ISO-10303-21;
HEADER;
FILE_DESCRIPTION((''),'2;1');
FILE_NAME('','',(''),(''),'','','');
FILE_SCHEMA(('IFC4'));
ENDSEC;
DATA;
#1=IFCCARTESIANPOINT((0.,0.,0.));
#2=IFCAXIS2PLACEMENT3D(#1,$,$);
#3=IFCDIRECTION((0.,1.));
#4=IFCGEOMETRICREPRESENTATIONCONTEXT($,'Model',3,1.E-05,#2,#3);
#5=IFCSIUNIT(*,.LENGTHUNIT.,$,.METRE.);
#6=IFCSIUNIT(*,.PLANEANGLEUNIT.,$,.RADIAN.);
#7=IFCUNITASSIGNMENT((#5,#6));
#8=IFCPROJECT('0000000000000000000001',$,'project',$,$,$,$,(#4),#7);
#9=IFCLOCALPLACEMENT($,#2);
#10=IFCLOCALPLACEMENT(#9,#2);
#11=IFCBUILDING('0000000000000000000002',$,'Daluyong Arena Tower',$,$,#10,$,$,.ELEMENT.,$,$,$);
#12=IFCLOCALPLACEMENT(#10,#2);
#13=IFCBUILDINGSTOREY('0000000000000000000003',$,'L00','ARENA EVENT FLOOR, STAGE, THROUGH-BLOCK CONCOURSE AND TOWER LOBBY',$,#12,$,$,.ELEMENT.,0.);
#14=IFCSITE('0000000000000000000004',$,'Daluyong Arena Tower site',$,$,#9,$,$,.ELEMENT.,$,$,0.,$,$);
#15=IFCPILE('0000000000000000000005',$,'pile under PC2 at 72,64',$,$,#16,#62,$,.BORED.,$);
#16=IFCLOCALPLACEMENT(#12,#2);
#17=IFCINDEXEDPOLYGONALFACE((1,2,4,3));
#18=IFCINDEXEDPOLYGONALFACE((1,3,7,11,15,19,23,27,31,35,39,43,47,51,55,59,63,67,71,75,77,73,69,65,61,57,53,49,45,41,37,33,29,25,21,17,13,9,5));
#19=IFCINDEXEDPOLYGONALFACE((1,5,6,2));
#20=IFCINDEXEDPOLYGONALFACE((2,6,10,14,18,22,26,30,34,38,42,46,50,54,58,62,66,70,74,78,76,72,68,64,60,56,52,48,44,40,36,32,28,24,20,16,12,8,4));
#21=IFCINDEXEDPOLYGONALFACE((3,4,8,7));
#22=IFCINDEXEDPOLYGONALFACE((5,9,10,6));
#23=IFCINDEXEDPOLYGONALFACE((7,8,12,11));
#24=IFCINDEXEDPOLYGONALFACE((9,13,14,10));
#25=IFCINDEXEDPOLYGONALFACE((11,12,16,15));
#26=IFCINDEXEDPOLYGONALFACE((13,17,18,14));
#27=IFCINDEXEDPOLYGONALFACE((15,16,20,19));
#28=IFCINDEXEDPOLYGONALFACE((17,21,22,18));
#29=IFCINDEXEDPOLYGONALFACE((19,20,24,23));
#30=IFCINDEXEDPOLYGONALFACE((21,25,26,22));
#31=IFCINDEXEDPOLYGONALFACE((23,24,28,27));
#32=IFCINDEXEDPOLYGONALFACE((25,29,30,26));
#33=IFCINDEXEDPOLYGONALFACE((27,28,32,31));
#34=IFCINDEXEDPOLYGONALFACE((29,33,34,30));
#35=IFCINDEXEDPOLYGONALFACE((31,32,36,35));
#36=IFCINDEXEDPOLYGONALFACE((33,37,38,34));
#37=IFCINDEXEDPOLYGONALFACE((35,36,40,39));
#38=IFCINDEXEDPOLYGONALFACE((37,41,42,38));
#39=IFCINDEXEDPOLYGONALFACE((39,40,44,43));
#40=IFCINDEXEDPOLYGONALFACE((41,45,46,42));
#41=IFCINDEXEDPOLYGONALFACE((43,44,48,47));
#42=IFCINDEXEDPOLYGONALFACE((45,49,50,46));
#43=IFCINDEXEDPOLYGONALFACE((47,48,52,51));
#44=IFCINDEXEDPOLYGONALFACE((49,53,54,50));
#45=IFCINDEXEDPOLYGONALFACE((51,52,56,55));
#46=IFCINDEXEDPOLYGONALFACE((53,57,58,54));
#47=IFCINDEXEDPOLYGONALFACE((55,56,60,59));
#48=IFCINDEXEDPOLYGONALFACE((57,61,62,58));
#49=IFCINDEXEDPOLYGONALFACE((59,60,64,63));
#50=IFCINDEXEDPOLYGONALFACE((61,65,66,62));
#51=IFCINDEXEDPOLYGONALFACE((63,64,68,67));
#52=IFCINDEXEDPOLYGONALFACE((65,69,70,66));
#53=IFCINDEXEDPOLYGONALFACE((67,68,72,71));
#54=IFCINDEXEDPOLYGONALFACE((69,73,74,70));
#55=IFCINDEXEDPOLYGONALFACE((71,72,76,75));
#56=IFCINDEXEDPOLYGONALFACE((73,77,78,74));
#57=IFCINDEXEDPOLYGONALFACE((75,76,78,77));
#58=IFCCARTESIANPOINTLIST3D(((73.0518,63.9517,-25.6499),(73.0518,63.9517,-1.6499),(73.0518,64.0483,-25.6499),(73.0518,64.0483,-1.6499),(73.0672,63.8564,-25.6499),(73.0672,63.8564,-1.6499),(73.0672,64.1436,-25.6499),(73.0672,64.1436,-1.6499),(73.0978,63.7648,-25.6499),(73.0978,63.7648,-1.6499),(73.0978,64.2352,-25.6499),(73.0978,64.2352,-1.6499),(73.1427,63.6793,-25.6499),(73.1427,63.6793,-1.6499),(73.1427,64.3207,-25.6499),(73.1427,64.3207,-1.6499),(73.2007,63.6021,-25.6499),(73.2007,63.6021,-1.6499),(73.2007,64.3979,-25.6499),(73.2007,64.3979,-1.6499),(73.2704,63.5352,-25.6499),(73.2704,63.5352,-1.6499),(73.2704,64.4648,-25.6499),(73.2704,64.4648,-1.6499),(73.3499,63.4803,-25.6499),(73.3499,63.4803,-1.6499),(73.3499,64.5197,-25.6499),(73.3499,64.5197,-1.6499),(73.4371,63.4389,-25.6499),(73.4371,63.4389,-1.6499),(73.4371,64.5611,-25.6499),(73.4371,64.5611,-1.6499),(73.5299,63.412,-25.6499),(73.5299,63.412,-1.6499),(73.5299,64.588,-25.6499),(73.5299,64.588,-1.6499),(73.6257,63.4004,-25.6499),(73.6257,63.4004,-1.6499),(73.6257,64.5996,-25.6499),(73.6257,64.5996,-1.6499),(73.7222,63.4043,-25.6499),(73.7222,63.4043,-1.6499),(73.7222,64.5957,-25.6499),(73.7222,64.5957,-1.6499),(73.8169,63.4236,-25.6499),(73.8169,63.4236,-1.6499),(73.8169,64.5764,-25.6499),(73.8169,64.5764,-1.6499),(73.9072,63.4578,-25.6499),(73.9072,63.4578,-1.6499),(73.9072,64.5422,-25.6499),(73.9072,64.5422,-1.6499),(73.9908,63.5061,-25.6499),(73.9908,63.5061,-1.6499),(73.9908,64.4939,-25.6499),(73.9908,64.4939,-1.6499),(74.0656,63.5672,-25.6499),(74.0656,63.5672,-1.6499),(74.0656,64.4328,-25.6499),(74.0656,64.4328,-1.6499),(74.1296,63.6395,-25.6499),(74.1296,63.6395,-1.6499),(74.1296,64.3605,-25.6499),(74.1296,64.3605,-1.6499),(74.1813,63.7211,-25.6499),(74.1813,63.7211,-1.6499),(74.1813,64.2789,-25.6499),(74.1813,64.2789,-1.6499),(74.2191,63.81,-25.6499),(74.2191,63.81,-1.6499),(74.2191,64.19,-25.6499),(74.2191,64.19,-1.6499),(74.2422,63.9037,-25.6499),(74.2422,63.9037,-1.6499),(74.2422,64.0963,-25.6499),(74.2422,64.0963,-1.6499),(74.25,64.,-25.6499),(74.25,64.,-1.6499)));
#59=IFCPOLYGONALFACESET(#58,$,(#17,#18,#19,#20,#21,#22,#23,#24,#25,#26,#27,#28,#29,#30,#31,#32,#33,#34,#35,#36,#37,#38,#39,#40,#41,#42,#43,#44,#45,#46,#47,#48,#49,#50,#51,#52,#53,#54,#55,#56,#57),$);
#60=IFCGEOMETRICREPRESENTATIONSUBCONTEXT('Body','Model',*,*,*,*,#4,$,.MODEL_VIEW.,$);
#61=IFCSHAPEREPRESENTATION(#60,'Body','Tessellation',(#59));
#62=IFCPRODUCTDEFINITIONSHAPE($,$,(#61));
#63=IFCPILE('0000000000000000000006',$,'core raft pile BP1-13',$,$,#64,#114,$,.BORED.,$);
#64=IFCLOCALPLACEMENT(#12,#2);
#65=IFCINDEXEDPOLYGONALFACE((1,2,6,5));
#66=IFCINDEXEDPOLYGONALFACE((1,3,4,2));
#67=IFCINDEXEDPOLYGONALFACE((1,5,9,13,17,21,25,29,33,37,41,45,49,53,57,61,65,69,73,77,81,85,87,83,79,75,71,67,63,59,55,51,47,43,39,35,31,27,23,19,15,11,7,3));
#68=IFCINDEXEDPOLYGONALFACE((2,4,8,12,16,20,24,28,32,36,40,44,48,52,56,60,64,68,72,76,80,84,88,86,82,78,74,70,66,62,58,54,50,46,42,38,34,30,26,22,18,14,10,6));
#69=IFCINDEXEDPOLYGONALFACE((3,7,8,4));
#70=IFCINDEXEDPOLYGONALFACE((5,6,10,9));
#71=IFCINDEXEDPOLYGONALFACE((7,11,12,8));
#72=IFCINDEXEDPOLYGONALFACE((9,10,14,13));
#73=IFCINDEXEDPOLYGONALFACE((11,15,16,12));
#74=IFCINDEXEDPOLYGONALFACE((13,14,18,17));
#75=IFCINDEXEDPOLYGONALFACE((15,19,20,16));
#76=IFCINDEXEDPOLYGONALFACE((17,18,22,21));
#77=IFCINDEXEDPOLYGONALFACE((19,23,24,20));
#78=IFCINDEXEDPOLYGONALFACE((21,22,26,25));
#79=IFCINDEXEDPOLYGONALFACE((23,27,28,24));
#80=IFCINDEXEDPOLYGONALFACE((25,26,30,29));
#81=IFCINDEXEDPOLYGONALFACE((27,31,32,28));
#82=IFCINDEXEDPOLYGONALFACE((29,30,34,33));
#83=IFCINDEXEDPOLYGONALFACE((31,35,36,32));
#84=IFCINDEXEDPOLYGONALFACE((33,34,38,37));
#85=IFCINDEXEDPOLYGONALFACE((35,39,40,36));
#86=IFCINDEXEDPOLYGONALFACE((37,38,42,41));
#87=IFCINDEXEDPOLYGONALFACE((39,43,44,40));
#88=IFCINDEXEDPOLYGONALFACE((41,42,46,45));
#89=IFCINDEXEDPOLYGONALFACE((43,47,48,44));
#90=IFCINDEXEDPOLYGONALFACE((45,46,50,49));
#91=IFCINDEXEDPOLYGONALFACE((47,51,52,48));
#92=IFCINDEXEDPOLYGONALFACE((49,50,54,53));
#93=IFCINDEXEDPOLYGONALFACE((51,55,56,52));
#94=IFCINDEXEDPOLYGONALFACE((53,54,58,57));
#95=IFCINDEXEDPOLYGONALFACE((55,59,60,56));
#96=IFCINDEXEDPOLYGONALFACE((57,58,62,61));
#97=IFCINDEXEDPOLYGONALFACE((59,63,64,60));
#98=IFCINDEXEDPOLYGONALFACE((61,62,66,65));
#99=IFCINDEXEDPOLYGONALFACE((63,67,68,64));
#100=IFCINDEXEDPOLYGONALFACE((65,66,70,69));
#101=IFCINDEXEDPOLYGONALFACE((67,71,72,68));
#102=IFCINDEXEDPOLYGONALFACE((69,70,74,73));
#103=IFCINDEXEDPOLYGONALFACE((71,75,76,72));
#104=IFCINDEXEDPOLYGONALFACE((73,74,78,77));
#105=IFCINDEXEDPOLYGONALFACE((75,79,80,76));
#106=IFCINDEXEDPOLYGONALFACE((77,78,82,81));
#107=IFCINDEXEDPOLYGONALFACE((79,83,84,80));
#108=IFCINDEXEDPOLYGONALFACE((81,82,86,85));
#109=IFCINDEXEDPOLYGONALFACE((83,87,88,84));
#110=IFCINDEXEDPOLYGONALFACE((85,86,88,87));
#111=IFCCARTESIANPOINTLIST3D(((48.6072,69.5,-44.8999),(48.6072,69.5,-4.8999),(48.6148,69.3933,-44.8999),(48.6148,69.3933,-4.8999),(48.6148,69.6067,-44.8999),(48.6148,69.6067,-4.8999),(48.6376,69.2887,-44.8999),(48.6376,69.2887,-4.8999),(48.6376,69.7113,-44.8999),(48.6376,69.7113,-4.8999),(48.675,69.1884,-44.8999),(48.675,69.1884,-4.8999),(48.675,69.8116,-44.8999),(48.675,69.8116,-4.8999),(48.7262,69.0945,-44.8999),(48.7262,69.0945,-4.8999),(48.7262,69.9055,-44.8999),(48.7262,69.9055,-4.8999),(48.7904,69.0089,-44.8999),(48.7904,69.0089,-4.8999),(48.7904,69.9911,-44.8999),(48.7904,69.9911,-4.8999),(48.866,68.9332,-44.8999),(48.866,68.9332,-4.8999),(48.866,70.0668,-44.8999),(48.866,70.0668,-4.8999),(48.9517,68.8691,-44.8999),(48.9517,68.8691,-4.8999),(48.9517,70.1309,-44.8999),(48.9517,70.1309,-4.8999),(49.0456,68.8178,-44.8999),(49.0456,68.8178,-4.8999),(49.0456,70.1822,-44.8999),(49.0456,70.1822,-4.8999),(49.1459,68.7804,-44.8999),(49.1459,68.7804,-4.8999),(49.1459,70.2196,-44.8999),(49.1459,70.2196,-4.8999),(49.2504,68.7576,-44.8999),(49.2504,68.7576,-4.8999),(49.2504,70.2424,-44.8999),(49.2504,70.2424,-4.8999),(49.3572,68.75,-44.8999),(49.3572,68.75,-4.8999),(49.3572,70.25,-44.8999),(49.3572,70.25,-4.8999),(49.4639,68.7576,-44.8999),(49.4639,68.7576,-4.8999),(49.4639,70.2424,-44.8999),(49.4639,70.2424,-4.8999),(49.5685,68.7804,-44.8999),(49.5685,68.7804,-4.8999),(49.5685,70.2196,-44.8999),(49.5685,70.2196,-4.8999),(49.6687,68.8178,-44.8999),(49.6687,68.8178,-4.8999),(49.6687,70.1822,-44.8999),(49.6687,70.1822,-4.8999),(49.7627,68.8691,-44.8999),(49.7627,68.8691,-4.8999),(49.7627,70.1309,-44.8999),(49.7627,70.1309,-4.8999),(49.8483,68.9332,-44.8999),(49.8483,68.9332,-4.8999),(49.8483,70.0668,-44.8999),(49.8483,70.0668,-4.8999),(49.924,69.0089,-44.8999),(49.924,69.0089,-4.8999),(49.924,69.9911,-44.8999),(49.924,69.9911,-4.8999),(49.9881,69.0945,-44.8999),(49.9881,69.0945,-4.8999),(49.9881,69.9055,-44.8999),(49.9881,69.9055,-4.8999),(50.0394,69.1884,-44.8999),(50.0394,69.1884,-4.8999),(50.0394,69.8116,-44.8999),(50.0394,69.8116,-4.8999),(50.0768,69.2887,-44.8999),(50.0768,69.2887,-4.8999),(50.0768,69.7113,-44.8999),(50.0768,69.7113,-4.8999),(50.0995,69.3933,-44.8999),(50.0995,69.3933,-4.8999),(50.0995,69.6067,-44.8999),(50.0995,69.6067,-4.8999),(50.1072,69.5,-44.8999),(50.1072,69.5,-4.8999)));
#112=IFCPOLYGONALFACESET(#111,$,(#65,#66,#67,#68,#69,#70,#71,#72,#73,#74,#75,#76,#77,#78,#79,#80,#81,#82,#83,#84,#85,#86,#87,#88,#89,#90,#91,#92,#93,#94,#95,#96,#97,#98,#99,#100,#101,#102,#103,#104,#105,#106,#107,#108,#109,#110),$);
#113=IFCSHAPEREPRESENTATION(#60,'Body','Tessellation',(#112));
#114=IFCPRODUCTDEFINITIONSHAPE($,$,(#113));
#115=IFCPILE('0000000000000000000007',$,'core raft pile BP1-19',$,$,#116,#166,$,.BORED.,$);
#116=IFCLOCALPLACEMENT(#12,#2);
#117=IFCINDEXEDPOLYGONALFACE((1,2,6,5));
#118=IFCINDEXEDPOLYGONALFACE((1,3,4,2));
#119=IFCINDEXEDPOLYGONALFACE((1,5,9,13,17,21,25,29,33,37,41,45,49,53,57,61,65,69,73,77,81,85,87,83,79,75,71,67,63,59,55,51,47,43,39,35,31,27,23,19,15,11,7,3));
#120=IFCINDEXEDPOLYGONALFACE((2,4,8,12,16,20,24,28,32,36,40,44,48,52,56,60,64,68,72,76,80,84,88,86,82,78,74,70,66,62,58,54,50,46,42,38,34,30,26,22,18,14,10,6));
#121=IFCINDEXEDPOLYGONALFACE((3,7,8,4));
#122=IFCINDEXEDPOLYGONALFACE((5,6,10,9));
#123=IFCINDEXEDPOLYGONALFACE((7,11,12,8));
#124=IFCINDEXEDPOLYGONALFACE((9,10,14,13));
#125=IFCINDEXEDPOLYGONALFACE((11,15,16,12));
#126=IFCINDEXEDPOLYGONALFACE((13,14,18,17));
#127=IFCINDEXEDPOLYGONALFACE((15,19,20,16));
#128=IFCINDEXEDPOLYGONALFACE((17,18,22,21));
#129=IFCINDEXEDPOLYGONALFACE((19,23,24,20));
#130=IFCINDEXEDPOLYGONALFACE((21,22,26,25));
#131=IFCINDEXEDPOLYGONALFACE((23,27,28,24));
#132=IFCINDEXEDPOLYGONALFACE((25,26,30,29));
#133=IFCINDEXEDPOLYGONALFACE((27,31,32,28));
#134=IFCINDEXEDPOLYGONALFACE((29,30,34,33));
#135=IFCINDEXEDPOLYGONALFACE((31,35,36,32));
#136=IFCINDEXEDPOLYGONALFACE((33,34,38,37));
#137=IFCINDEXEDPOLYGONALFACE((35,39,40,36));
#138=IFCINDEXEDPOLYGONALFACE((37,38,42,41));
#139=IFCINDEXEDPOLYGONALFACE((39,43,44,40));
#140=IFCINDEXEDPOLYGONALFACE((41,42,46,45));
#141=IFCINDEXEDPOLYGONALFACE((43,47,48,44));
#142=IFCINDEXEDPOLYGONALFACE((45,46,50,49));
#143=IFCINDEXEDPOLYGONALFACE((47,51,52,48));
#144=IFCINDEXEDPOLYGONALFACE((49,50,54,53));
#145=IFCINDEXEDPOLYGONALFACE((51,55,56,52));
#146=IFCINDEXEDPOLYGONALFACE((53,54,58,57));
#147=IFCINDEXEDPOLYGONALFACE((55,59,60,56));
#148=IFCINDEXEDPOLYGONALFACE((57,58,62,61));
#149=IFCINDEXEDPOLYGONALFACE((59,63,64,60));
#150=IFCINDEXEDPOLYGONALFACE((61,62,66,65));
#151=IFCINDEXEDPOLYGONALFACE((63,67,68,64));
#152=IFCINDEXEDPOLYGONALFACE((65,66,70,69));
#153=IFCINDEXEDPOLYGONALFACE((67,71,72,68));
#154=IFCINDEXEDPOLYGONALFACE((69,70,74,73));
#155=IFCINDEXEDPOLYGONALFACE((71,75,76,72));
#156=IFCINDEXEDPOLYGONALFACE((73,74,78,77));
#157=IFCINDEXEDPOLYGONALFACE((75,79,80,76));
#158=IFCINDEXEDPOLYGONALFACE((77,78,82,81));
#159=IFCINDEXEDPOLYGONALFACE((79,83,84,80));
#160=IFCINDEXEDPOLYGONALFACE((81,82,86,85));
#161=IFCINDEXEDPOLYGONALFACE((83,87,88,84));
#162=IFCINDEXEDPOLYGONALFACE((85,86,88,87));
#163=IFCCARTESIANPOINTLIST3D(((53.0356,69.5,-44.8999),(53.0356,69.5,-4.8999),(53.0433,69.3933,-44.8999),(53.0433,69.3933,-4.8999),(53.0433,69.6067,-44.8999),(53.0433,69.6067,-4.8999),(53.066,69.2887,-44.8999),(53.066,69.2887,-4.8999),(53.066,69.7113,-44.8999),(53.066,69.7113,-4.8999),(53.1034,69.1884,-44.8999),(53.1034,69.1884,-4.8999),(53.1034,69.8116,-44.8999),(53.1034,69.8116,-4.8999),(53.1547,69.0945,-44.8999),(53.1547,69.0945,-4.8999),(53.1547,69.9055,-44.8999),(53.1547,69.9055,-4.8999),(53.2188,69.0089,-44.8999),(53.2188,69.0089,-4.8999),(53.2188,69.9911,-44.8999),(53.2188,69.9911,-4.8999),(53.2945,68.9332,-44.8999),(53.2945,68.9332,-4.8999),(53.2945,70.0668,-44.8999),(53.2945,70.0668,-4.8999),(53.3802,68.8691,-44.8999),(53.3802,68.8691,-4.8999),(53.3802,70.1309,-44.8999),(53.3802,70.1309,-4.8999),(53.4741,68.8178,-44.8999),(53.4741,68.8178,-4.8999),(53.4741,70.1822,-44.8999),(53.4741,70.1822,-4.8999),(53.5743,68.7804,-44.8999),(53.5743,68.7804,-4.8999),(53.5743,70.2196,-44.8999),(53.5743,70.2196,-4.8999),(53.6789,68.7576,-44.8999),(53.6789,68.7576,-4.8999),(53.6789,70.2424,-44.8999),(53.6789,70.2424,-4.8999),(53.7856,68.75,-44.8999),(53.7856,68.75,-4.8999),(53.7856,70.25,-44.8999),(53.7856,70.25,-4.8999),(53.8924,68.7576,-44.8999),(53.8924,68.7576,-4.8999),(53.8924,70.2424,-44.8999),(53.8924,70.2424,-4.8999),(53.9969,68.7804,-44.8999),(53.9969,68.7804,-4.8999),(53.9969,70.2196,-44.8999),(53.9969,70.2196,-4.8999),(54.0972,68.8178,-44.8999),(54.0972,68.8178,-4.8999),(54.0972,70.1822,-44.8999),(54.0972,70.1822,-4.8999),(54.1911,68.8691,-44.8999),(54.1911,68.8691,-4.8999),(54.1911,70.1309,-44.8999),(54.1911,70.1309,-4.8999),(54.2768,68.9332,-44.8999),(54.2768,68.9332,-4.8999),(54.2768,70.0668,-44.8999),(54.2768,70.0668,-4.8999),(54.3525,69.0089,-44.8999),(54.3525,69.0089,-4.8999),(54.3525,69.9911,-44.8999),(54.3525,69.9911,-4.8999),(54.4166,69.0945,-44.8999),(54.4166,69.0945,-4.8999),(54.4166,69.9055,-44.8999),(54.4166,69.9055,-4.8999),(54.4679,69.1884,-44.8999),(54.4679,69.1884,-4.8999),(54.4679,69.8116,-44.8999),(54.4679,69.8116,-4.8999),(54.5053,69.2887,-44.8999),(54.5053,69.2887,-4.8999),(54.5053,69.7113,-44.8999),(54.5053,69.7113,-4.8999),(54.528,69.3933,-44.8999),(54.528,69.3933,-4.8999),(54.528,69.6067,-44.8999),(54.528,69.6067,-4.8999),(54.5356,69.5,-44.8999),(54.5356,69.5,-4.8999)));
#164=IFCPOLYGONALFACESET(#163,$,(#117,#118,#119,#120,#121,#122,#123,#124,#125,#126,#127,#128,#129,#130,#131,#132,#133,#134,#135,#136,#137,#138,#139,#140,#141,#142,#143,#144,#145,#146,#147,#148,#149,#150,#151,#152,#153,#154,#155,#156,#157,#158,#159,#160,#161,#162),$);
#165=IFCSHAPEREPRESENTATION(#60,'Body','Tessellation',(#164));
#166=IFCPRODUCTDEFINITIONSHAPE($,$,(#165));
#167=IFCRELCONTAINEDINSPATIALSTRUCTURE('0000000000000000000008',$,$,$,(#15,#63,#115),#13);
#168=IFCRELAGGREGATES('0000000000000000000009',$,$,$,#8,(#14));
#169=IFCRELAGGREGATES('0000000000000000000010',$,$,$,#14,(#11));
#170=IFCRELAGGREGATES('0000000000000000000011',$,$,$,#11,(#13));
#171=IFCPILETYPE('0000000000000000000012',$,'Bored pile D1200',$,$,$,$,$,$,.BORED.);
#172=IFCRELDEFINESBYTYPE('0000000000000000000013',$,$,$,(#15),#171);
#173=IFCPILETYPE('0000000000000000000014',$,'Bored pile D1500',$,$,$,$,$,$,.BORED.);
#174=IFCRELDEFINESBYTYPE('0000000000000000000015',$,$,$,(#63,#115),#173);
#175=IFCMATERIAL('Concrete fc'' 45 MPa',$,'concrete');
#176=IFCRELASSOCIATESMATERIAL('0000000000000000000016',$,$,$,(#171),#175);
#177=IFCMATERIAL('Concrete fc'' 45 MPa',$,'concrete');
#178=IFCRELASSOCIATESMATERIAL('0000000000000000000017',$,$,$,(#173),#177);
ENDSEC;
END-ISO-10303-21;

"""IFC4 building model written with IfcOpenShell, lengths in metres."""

from ifc_helpers import new_model, si_unit, direction, frame, origin, origin_2d, place, context, subcontext, project, spatial, circle, extrude, material, type_object, element, save


model = new_model("IFC4")

# Units and contexts
model_context = context("Model", 3, precision=1e-05, world=origin(), true_north=direction((0.0, 1.0)))
body_context = subcontext(model_context, "Body", "Model", "MODEL_VIEW")
ifc_project = project(units=[si_unit("LENGTHUNIT", "METRE"), si_unit("PLANEANGLEUNIT", "RADIAN")], contexts=[model_context])

# Site, building, storey
site_placement = place(None, origin())
site = spatial("IfcSite", under=ifc_project, at=site_placement, Name="Daluyong Arena Tower site", CompositionType="ELEMENT", RefElevation=0.0)
building_placement = place(site_placement, origin())
building = spatial("IfcBuilding", under=site, at=building_placement, Name="Daluyong Arena Tower", CompositionType="ELEMENT")
storey_placement = place(building_placement, origin())
storey = spatial("IfcBuildingStorey", under=building, at=storey_placement, Name="L00", Description="ARENA EVENT FLOOR, STAGE, THROUGH-BLOCK CONCOURSE AND TOWER LOBBY", CompositionType="ELEMENT", Elevation=0.0)

# Piles
ifc_material_1 = material(Name="Concrete fc' 45 MPa", Category="concrete")
pile_type_1 = type_object("IfcPileType", Name="Bored pile D1200", PredefinedType="BORED", material=ifc_material_1)
pile_placement = place(storey_placement, frame((73.6499, 64.0, -1.6499), z_axis=(0.0, 0.0, -1.0), x_axis=(1.0, 0.0, 0.0)))
element("IfcPile", 1, at=pile_placement, inside=storey, type_object=pile_type_1, Name="pile under PC2 at 72,64", PredefinedType="BORED", context=body_context, shape_type="SweptSolid", body=[
    extrude(circle(Radius=0.6001, at=origin_2d()), origin(), (0.0, 0.0, 1.0), 24.0),
])
ifc_material_2 = material(Name="Concrete fc' 45 MPa", Category="concrete")
pile_type_2 = type_object("IfcPileType", Name="Bored pile D1500", PredefinedType="BORED", material=ifc_material_2)
for number, where, z_axis, x_axis, name in (
    (2, (49.3572, 69.5, -4.8999), (0.0, 0.0, -1.0), (1.0, 0.0, 0.0), "core raft pile BP1-13"),
    (3, (53.7856, 69.5, -4.8999), (0.0, 0.0, -1.0), (1.0, 0.0, 0.0), "core raft pile BP1-19"),
):
    element("IfcPile", number, at=place(storey_placement, frame(where, z_axis=z_axis, x_axis=x_axis)), inside=storey, type_object=pile_type_2, Name=name, PredefinedType="BORED", context=body_context, shape_type="SweptSolid", body=[
        extrude(circle(Radius=0.75, at=origin_2d()), origin(), (0.0, 0.0, 1.0), 40.0),
    ])

save(model, "model.ifc")
